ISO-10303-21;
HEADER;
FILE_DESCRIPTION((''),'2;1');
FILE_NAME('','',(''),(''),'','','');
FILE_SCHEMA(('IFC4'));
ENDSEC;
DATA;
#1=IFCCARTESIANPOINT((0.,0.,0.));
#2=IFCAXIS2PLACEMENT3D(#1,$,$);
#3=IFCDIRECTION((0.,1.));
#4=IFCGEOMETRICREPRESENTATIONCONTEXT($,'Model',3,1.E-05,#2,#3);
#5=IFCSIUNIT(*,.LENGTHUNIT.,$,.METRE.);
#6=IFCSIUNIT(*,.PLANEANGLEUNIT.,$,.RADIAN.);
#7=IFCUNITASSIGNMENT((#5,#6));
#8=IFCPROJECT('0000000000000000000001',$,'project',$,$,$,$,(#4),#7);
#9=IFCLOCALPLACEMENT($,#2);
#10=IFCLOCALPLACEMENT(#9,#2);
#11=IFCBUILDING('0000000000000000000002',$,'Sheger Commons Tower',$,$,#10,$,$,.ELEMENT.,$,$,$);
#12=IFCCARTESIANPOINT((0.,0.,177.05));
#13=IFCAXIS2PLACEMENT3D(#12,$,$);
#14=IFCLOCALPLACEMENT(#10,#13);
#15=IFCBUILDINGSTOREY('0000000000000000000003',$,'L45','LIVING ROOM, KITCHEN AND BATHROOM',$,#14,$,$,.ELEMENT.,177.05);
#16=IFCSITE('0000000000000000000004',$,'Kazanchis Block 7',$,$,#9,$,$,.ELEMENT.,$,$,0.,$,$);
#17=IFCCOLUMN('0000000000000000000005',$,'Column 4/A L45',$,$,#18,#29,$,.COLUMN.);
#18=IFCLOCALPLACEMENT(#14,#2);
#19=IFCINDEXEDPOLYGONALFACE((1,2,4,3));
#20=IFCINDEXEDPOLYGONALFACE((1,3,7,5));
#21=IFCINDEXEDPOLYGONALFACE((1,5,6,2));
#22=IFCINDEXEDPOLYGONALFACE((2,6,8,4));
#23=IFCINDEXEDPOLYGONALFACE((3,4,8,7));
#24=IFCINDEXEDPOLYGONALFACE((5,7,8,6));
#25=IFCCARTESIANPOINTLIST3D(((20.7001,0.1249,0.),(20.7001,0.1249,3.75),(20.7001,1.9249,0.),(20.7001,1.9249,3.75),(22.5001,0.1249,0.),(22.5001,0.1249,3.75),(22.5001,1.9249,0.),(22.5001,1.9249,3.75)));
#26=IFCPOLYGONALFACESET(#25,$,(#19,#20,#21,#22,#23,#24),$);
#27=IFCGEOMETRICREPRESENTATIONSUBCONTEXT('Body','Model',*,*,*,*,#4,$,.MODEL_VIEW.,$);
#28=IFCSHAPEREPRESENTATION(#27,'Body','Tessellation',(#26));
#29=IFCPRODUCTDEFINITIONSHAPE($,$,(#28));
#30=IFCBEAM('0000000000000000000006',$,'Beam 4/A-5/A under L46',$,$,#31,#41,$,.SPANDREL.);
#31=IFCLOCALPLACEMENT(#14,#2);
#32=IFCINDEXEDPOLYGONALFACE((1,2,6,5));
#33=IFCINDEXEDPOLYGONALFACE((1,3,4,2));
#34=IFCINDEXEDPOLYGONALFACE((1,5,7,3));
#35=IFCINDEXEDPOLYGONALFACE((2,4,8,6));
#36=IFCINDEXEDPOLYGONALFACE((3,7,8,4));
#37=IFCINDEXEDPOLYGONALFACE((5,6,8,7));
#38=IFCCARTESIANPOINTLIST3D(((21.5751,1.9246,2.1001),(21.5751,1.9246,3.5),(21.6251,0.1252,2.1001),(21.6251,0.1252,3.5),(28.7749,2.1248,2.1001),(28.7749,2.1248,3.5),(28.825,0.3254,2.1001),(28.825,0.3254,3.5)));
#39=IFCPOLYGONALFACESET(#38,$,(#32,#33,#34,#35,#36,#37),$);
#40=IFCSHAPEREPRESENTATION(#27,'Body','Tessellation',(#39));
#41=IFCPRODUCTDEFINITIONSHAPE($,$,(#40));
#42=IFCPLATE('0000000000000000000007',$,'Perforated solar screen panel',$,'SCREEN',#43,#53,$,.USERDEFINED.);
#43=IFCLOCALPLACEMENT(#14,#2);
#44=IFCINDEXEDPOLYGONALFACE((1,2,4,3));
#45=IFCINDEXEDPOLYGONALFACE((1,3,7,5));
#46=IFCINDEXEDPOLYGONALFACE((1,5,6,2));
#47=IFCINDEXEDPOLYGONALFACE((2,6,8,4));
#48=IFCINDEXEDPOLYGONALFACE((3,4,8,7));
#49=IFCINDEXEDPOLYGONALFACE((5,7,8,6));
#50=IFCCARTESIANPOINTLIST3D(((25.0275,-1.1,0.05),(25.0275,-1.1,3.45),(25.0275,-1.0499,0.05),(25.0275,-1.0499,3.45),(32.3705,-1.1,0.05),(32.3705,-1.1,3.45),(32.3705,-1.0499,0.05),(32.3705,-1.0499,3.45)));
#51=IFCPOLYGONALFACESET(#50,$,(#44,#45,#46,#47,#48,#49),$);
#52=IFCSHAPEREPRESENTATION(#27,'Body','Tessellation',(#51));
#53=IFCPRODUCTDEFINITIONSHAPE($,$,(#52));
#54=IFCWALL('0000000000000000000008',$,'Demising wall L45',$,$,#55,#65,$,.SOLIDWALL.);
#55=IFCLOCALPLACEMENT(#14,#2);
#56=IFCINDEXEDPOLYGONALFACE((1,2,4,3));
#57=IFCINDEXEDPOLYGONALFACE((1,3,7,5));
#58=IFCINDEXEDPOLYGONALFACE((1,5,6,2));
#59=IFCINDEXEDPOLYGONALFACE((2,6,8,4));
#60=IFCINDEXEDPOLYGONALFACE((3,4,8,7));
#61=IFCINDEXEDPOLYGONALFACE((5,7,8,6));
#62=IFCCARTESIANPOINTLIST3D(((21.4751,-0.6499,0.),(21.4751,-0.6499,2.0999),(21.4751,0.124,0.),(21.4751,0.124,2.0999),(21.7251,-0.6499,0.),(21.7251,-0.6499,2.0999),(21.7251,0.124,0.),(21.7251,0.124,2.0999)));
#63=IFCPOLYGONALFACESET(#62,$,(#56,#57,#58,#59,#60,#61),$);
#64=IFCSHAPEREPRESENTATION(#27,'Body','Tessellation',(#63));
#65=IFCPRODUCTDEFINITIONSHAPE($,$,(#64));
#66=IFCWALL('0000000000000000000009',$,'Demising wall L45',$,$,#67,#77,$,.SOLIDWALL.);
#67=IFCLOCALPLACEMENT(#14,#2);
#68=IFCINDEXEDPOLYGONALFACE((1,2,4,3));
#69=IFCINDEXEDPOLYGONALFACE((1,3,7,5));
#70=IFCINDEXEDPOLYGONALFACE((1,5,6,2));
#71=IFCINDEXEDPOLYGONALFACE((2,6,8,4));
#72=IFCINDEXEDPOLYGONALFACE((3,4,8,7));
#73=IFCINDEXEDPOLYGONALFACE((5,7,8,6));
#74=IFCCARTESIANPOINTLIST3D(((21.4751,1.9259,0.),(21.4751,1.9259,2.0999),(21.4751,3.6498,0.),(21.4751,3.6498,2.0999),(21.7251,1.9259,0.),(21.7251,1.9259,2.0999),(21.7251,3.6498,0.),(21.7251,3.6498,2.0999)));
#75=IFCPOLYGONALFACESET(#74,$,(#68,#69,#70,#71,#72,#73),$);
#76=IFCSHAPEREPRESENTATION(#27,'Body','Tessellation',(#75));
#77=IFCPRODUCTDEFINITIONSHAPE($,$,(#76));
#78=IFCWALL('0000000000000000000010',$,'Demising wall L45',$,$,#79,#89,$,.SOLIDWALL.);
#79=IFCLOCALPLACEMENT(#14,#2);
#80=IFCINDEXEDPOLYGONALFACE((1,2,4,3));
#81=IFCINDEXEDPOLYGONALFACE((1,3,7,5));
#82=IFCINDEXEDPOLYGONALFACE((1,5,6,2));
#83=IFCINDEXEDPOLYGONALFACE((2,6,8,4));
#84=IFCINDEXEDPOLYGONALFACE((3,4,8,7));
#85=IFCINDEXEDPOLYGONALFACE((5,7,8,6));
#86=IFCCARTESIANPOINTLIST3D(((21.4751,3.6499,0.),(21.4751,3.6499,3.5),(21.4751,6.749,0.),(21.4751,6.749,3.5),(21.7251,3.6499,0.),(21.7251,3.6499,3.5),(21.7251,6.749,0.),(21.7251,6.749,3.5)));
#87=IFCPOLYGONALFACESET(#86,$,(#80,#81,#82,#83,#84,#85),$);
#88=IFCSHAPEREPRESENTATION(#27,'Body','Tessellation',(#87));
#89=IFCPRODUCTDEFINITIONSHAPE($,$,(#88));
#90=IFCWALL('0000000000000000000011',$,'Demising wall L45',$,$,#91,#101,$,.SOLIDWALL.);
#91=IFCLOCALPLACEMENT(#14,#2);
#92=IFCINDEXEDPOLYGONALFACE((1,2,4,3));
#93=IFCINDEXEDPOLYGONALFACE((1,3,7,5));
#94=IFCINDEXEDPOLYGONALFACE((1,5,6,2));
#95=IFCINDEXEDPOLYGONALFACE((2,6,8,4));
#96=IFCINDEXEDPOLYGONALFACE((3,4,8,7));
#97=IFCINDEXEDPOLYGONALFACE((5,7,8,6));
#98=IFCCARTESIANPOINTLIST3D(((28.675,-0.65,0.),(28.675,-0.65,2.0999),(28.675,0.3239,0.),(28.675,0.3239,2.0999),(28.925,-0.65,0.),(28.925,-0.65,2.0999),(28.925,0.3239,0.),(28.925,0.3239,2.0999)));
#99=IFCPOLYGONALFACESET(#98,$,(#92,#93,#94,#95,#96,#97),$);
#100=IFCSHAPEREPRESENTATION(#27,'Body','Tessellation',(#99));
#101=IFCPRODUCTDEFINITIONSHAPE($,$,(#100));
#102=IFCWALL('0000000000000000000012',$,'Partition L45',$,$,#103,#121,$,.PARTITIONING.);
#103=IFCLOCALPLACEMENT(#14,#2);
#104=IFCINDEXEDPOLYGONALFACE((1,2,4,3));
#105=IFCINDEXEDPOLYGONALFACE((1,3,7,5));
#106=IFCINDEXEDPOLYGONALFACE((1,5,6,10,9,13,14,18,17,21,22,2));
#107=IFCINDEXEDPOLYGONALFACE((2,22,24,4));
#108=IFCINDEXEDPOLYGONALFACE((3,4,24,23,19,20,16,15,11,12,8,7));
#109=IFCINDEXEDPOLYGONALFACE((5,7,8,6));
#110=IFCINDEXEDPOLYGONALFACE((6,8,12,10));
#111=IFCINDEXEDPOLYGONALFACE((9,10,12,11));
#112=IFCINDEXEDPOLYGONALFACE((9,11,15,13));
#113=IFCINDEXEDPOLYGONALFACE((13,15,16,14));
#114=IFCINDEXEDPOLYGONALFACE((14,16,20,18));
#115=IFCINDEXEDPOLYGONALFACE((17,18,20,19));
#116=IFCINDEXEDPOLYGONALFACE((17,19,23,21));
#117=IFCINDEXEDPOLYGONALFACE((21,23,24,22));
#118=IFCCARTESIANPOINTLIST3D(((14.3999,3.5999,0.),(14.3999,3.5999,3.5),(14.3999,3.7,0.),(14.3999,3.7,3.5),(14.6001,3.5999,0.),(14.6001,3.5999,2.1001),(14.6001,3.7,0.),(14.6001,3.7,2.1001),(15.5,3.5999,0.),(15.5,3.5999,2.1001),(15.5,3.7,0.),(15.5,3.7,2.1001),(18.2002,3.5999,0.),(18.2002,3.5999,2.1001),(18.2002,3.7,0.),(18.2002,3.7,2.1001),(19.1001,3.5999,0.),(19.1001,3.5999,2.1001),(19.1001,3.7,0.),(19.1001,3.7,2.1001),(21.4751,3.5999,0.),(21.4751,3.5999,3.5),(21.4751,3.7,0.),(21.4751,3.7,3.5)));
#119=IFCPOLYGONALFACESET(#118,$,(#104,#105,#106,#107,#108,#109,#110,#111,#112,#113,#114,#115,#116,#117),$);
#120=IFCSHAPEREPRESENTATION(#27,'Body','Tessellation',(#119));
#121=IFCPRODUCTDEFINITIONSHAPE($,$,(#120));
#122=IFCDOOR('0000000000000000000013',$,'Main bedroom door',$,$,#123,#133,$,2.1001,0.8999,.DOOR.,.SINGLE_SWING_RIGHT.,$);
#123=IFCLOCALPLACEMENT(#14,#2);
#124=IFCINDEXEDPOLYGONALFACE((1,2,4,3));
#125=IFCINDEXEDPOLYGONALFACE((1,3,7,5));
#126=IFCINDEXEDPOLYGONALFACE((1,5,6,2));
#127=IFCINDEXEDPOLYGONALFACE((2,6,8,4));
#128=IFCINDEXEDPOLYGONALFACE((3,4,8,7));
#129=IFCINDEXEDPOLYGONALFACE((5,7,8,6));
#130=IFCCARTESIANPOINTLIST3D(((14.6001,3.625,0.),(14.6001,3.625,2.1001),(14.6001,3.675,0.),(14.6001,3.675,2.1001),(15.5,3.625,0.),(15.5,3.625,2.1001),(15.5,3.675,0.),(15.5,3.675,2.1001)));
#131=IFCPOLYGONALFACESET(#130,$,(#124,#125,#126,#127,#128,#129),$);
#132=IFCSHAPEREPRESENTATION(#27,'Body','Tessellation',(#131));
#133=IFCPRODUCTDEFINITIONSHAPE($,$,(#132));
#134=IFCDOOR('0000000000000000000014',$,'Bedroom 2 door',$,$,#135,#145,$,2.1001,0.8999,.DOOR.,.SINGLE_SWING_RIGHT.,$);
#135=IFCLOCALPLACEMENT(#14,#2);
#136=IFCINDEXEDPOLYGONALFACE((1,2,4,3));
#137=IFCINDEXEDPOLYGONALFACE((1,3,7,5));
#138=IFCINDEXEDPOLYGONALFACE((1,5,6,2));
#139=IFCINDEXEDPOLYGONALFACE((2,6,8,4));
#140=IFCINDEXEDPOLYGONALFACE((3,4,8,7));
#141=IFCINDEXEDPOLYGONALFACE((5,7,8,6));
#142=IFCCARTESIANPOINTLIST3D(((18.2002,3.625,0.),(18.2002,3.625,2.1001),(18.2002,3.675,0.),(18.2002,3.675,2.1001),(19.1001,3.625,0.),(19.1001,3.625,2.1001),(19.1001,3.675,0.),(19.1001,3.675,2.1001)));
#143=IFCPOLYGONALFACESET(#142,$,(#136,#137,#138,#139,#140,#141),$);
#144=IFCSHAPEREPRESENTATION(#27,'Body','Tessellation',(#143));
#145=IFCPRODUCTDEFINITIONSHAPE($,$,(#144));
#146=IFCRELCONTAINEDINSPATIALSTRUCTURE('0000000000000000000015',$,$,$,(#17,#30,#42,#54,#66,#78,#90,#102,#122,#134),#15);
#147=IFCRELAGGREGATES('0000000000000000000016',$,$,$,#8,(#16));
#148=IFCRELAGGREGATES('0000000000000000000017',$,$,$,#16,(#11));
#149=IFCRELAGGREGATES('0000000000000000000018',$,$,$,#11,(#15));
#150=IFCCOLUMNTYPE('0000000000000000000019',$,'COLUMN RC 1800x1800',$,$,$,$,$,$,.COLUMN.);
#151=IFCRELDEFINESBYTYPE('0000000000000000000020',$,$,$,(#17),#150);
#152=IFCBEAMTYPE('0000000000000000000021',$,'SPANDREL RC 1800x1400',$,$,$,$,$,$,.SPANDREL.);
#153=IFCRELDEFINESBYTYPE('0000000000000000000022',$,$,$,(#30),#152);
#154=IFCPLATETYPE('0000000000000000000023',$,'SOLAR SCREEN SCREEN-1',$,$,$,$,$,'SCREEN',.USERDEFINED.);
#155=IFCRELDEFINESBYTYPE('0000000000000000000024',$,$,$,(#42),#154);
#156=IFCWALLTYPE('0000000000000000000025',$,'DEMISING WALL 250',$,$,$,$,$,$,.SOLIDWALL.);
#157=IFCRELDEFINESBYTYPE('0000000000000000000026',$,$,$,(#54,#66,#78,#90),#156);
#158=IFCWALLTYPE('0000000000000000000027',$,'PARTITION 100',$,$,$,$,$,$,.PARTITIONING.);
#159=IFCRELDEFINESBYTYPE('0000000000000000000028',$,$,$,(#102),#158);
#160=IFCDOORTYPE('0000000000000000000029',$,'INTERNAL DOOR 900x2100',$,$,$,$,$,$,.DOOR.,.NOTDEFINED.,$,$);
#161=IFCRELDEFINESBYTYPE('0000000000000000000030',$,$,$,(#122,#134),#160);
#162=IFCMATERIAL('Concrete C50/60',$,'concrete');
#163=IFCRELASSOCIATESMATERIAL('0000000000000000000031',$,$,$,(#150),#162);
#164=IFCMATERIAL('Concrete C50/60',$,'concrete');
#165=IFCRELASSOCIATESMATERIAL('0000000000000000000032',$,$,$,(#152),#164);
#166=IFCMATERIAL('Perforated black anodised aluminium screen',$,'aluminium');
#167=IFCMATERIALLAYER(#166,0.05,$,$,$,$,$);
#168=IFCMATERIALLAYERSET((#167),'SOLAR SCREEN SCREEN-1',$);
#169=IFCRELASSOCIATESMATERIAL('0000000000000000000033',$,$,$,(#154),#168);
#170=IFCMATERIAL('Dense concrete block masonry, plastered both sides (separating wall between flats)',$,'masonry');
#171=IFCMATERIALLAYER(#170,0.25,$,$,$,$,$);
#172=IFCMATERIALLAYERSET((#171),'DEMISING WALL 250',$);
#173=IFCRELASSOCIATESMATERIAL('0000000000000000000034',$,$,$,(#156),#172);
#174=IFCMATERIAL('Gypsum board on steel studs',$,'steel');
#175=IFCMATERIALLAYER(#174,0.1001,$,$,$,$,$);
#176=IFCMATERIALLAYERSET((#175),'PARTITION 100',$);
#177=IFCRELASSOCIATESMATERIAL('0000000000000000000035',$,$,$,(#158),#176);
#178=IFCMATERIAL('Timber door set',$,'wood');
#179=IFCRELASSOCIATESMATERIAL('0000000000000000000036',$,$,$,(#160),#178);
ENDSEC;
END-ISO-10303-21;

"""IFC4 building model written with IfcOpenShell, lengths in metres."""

from ifc_helpers import new_model, si_unit, direction, frame, frame_2d, origin, origin_2d, place, context, subcontext, project, spatial, rectangle, extrude, material, layer, layer_set, material_profile, profile_set, type_object, element, fill, save


model = new_model("IFC4")

# Units and contexts
model_context = context("Model", 3, precision=1e-05, world=origin(), true_north=direction((0.0, 1.0)))
body_context = subcontext(model_context, "Body", "Model", "MODEL_VIEW")
ifc_project = project(units=[si_unit("LENGTHUNIT", "METRE"), si_unit("PLANEANGLEUNIT", "RADIAN")], contexts=[model_context])

# Site, building, storey
site_placement = place(None, origin())
site = spatial("IfcSite", under=ifc_project, at=site_placement, Name="Kazanchis Block 7", CompositionType="ELEMENT", RefElevation=0.0)
building_placement = place(site_placement, origin())
building = spatial("IfcBuilding", under=site, at=building_placement, Name="Sheger Commons Tower", CompositionType="ELEMENT")
storey_placement = place(building_placement, frame((0.0, 0.0, 177.05)))
storey = spatial("IfcBuildingStorey", under=building, at=storey_placement, Name="L45", Description="LIVING ROOM, KITCHEN AND BATHROOM", CompositionType="ELEMENT", Elevation=177.05)

# Column
ifc_material_1 = material(Name="Concrete C50/60", Category="concrete")
ifc_material_profile_1 = material_profile(ifc_material_1, rectangle(XDim=1.8, YDim=1.8, at=origin_2d()), Name="RC 1800x1800")
ifc_profile_set_1 = profile_set([ifc_material_profile_1], Name="Concrete C50/60")
column_type = type_object("IfcColumnType", Name="COLUMN RC 1800x1800", PredefinedType="COLUMN", material=ifc_profile_set_1)
column_placement = place(storey_placement, frame((21.6001, 1.0249, 0.0), z_axis=(0.0, 0.0, 1.0), x_axis=(1.0, 0.0, 0.0)))
element("IfcColumn", 1, at=column_placement, inside=storey, type_object=column_type, Name="Column 4/A L45", PredefinedType="COLUMN", context=body_context, shape_type="SweptSolid", body=[
    extrude(rectangle(XDim=1.8, YDim=1.8, at=origin_2d()), origin(), (0.0, 0.0, 1.0), 3.75),
])

# Beam
ifc_material_2 = material(Name="Concrete C50/60", Category="concrete")
ifc_material_profile_2 = material_profile(ifc_material_2, rectangle(XDim=1.8, YDim=1.3999, at=origin_2d()), Name="RC 1800x1400")
ifc_profile_set_2 = profile_set([ifc_material_profile_2], Name="Concrete C50/60")
beam_type = type_object("IfcBeamType", Name="SPANDREL RC 1800x1400", PredefinedType="SPANDREL", material=ifc_profile_set_2)
beam_placement = place(storey_placement, frame((21.6001, 1.0249, 2.8), z_axis=(0.999614, 0.027794, 0.0), x_axis=(-0.027794, 0.999614, 0.0)))
element("IfcBeam", 2, at=beam_placement, inside=storey, type_object=beam_type, Name="Beam 4/A-5/A under L46", PredefinedType="SPANDREL", context=body_context, shape_type="SweptSolid", body=[
    extrude(rectangle(XDim=1.8, YDim=1.3999, at=origin_2d()), origin(), (0.0, 0.0, 1.0), 7.2026),
])

# Plate
ifc_material_3 = material(Name="Perforated black anodised aluminium screen", Category="aluminium")
ifc_layer_1 = layer(ifc_material_3, 0.05)
ifc_layer_set_1 = layer_set([ifc_layer_1], Name="SOLAR SCREEN SCREEN-1")
plate_type = type_object("IfcPlateType", Name="SOLAR SCREEN SCREEN-1", ElementType="SCREEN", PredefinedType="USERDEFINED", material=ifc_layer_set_1)
plate_placement = place(storey_placement, frame((28.699, -1.075, 0.05), z_axis=(0.0, 0.0, 1.0), x_axis=(1.0, 0.0, 0.0)))
element("IfcPlate", 3, at=plate_placement, inside=storey, type_object=plate_type, Name="Perforated solar screen panel", ObjectType="SCREEN", PredefinedType="USERDEFINED", context=body_context, shape_type="SweptSolid", body=[
    extrude(rectangle(XDim=7.343, YDim=0.05, at=origin_2d()), origin(), (0.0, 0.0, 1.0), 3.3999),
])

# Walls
ifc_material_4 = material(Name="Dense concrete block masonry, plastered both sides (separating wall between flats)", Category="masonry")
ifc_layer_2 = layer(ifc_material_4, 0.25)
ifc_layer_set_2 = layer_set([ifc_layer_2], Name="DEMISING WALL 250")
wall_type_1 = type_object("IfcWallType", Name="DEMISING WALL 250", PredefinedType="SOLIDWALL", material=ifc_layer_set_2)
wall_1_placement = place(storey_placement, frame((21.6001, -0.6499, 0.0), z_axis=(0.0, 0.0, 1.0), x_axis=(0.0, 1.0, 0.0)))
element("IfcWall", 4, at=wall_1_placement, inside=storey, type_object=wall_type_1, Name="Demising wall L45", PredefinedType="SOLIDWALL", context=body_context, shape_type="SweptSolid", body=[
    extrude(rectangle(XDim=0.7739, YDim=0.25, at=frame_2d((0.387, 0.0))), origin(), (0.0, 0.0, 1.0), 2.0999),
])
wall_2_placement = place(storey_placement, frame((21.6001, 1.926, 0.0), z_axis=(0.0, 0.0, 1.0), x_axis=(0.0, 1.0, 0.0)))
element("IfcWall", 5, at=wall_2_placement, inside=storey, type_object=wall_type_1, Name="Demising wall L45", PredefinedType="SOLIDWALL", context=body_context, shape_type="SweptSolid", body=[
    extrude(rectangle(XDim=1.7239, YDim=0.25, at=frame_2d((0.8618, 0.0))), origin(), (0.0, 0.0, 1.0), 2.0999),
])
wall_3_placement = place(storey_placement, frame((21.6001, 3.6499, 0.0), z_axis=(0.0, 0.0, 1.0), x_axis=(0.0, 1.0, 0.0)))
element("IfcWall", 6, at=wall_3_placement, inside=storey, type_object=wall_type_1, Name="Demising wall L45", PredefinedType="SOLIDWALL", context=body_context, shape_type="SweptSolid", body=[
    extrude(rectangle(XDim=3.0991, YDim=0.25, at=frame_2d((1.5496, 0.0))), origin(), (0.0, 0.0, 1.0), 3.5),
])
wall_4_placement = place(storey_placement, frame((28.8, -0.6499, 0.0), z_axis=(0.0, 0.0, 1.0), x_axis=(0.0, 1.0, 0.0)))
element("IfcWall", 7, at=wall_4_placement, inside=storey, type_object=wall_type_1, Name="Demising wall L45", PredefinedType="SOLIDWALL", context=body_context, shape_type="SweptSolid", body=[
    extrude(rectangle(XDim=0.9739, YDim=0.25, at=frame_2d((0.4868, 0.0))), origin(), (0.0, 0.0, 1.0), 2.0999),
])

# Wall, openings, doors
ifc_material_5 = material(Name="Gypsum board on steel studs", Category="steel")
ifc_layer_3 = layer(ifc_material_5, 0.1001)
ifc_layer_set_3 = layer_set([ifc_layer_3], Name="PARTITION 100")
wall_type_2 = type_object("IfcWallType", Name="PARTITION 100", PredefinedType="PARTITIONING", material=ifc_layer_set_3)
wall_5_placement = place(storey_placement, frame((21.4751, 3.6499, 0.0), z_axis=(0.0, 0.0, 1.0), x_axis=(-1.0, 0.0, 0.0)))
wall_5 = element("IfcWall", 8, at=wall_5_placement, inside=storey, type_object=wall_type_2, Name="Partition L45", PredefinedType="PARTITIONING", context=body_context, shape_type="SweptSolid", body=[
    extrude(rectangle(XDim=7.0752, YDim=0.1001, at=frame_2d((3.5376, 0.0))), origin(), (0.0, 0.0, 1.0), 3.5),
])
opening_1_placement = place(wall_5_placement, frame((5.9751, 0.0, 0.0)))
opening_1 = element("IfcOpeningElement", 9, at=opening_1_placement, cuts=wall_5, PredefinedType="OPENING", context=body_context, shape_type="SweptSolid", body=[
    extrude(rectangle(XDim=0.8999, YDim=2.1001, at=frame_2d((0.45, 1.05))), frame((0.0, 0.0601, 0.0), z_axis=(0.0, -1.0, 0.0), x_axis=(1.0, 0.0, 0.0)), (0.0, 0.0, 1.0), 0.1201),
])
opening_2_placement = place(wall_5_placement, frame((2.375, 0.0, 0.0)))
opening_2 = element("IfcOpeningElement", 10, at=opening_2_placement, cuts=wall_5, PredefinedType="OPENING", context=body_context, shape_type="SweptSolid", body=[
    extrude(rectangle(XDim=0.8999, YDim=2.1001, at=frame_2d((0.45, 1.05))), frame((0.0, 0.0601, 0.0), z_axis=(0.0, -1.0, 0.0), x_axis=(1.0, 0.0, 0.0)), (0.0, 0.0, 1.0), 0.1201),
])
ifc_material_6 = material(Name="Timber door set", Category="wood")
door_type = type_object("IfcDoorType", Name="INTERNAL DOOR 900x2100", OperationType="NOTDEFINED", PredefinedType="DOOR", material=ifc_material_6)
door_1_placement = place(opening_1_placement, origin())
door_1 = element("IfcDoor", 11, at=door_1_placement, inside=storey, type_object=door_type, Name="Main bedroom door", OperationType="SINGLE_SWING_RIGHT", OverallHeight=2.1001, OverallWidth=0.8999, PredefinedType="DOOR", context=body_context, shape_type="SweptSolid", body=[
    extrude(rectangle(XDim=0.8999, YDim=2.1001, at=frame_2d((0.45, 1.05))), frame((0.0, 0.0249, 0.0), z_axis=(0.0, -1.0, 0.0), x_axis=(1.0, 0.0, 0.0)), (0.0, 0.0, 1.0), 0.05),
])
fill(opening_1, door_1)
door_2_placement = place(opening_2_placement, origin())
door_2 = element("IfcDoor", 12, at=door_2_placement, inside=storey, type_object=door_type, Name="Bedroom 2 door", OperationType="SINGLE_SWING_RIGHT", OverallHeight=2.1001, OverallWidth=0.8999, PredefinedType="DOOR", context=body_context, shape_type="SweptSolid", body=[
    extrude(rectangle(XDim=0.8999, YDim=2.1001, at=frame_2d((0.45, 1.05))), frame((0.0, 0.0249, 0.0), z_axis=(0.0, -1.0, 0.0), x_axis=(1.0, 0.0, 0.0)), (0.0, 0.0, 1.0), 0.05),
])
fill(opening_2, door_2)

save(model, "model.ifc")
